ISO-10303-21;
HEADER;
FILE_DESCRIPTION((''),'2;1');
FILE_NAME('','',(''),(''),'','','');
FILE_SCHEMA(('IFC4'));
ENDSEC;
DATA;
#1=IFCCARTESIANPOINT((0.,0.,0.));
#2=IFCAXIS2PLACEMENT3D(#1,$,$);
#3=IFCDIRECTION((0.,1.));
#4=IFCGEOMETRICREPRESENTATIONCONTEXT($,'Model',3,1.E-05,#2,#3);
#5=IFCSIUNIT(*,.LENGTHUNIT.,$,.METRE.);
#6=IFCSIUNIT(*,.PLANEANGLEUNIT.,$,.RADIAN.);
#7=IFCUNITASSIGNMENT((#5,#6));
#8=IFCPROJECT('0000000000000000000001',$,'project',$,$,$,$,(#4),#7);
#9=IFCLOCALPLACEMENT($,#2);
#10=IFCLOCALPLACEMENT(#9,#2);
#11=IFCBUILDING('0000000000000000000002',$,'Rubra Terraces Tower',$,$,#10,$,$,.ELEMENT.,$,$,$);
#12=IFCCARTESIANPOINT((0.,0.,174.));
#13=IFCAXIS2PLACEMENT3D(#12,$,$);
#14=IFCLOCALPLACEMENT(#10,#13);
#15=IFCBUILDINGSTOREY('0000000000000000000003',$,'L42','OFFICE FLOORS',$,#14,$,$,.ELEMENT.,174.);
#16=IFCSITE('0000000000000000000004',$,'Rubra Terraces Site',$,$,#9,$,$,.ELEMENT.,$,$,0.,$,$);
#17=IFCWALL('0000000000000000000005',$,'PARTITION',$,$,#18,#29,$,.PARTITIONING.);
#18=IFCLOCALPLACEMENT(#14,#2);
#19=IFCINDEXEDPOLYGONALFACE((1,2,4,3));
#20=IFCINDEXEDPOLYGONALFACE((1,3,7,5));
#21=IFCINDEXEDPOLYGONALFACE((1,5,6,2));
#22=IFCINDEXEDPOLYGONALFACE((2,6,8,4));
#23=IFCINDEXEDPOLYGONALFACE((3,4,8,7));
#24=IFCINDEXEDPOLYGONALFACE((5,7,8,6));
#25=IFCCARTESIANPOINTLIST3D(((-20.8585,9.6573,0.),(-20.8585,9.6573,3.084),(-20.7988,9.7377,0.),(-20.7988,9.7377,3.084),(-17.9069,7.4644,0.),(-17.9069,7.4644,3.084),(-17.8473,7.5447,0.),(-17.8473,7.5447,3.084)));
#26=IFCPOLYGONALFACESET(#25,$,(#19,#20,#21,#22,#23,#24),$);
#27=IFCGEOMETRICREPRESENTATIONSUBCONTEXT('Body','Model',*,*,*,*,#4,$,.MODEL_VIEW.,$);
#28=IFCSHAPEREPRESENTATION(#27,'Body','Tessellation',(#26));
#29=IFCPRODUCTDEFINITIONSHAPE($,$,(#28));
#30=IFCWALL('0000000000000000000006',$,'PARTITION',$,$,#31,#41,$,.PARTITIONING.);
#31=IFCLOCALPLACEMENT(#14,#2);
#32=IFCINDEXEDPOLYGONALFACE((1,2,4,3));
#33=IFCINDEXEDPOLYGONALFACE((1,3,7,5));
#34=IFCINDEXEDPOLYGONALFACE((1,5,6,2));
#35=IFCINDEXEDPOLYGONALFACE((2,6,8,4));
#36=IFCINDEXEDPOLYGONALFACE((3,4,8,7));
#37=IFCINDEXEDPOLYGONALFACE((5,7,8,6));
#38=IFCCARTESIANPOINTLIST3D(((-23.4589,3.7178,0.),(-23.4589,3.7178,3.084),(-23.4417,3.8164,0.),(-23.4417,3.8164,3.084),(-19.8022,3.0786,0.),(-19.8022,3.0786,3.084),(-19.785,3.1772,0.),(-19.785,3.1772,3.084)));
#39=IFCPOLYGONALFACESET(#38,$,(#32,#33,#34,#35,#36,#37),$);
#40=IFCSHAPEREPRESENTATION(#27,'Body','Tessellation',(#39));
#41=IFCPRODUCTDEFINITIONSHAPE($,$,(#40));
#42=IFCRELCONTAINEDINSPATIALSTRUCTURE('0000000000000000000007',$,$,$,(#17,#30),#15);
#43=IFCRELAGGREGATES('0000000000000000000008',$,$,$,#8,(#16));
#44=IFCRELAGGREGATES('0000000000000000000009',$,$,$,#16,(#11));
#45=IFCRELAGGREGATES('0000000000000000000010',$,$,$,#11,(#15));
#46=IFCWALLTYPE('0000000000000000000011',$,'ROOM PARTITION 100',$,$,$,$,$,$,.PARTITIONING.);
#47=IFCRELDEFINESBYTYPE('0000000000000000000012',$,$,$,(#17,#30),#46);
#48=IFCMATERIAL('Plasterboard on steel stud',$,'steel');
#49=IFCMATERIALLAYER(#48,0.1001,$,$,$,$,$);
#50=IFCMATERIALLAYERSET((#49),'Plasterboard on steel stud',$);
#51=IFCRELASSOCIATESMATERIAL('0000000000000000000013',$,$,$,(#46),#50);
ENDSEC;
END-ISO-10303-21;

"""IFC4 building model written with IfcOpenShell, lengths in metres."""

from ifc_helpers import new_model, si_unit, direction, frame, frame_2d, origin, place, context, subcontext, project, spatial, rectangle, extrude, material, layer, layer_set, type_object, element, save


model = new_model("IFC4")

# Units and contexts
model_context = context("Model", 3, precision=1e-05, world=origin(), true_north=direction((0.0, 1.0)))
body_context = subcontext(model_context, "Body", "Model", "MODEL_VIEW")
ifc_project = project(units=[si_unit("LENGTHUNIT", "METRE"), si_unit("PLANEANGLEUNIT", "RADIAN")], contexts=[model_context])

# Site, building, storey
site_placement = place(None, origin())
site = spatial("IfcSite", under=ifc_project, at=site_placement, Name="Rubra Terraces Site", CompositionType="ELEMENT", RefElevation=0.0)
building_placement = place(site_placement, origin())
building = spatial("IfcBuilding", under=site, at=building_placement, Name="Rubra Terraces Tower", CompositionType="ELEMENT")
storey_placement = place(building_placement, frame((0.0, 0.0, 174.0)))
storey = spatial("IfcBuildingStorey", under=building, at=storey_placement, Name="L42", Description="OFFICE FLOORS", CompositionType="ELEMENT", Elevation=174.0)

# Shared definitions
ifc_material_1 = material(Name="Plasterboard on steel stud", Category="steel")
ifc_layer_1 = layer(ifc_material_1, 0.1001)
ifc_layer_set_1 = layer_set([ifc_layer_1], Name="Plasterboard on steel stud")
wall_type_1 = type_object("IfcWallType", Name="ROOM PARTITION 100", PredefinedType="PARTITIONING", material=ifc_layer_set_1)

# Walls
wall_1_placement = place(storey_placement, frame((-17.8772, 7.5046, 0.0), z_axis=(0.0, 0.0, 1.0), x_axis=(-0.802693, 0.596392, 0.0)))
element("IfcWall", 1, at=wall_1_placement, inside=storey, type_object=wall_type_1, Name="PARTITION", PredefinedType="PARTITIONING", context=body_context, shape_type="SweptSolid", body=[
    extrude(rectangle(XDim=3.677, YDim=0.1001, at=frame_2d((1.8384, 0.0))), origin(), (0.0, 0.0, 1.0), 3.084),
])
wall_2_placement = place(storey_placement, frame((-19.7937, 3.1279, 0.0), z_axis=(0.0, 0.0, 1.0), x_axis=(-0.985066, 0.172179, 0.0)))
element("IfcWall", 2, at=wall_2_placement, inside=storey, type_object=wall_type_1, Name="PARTITION", PredefinedType="PARTITIONING", context=body_context, shape_type="SweptSolid", body=[
    extrude(rectangle(XDim=3.7122, YDim=0.1001, at=frame_2d((1.856, 0.0))), origin(), (0.0, 0.0, 1.0), 3.084),
])

save(model, "model.ifc")
